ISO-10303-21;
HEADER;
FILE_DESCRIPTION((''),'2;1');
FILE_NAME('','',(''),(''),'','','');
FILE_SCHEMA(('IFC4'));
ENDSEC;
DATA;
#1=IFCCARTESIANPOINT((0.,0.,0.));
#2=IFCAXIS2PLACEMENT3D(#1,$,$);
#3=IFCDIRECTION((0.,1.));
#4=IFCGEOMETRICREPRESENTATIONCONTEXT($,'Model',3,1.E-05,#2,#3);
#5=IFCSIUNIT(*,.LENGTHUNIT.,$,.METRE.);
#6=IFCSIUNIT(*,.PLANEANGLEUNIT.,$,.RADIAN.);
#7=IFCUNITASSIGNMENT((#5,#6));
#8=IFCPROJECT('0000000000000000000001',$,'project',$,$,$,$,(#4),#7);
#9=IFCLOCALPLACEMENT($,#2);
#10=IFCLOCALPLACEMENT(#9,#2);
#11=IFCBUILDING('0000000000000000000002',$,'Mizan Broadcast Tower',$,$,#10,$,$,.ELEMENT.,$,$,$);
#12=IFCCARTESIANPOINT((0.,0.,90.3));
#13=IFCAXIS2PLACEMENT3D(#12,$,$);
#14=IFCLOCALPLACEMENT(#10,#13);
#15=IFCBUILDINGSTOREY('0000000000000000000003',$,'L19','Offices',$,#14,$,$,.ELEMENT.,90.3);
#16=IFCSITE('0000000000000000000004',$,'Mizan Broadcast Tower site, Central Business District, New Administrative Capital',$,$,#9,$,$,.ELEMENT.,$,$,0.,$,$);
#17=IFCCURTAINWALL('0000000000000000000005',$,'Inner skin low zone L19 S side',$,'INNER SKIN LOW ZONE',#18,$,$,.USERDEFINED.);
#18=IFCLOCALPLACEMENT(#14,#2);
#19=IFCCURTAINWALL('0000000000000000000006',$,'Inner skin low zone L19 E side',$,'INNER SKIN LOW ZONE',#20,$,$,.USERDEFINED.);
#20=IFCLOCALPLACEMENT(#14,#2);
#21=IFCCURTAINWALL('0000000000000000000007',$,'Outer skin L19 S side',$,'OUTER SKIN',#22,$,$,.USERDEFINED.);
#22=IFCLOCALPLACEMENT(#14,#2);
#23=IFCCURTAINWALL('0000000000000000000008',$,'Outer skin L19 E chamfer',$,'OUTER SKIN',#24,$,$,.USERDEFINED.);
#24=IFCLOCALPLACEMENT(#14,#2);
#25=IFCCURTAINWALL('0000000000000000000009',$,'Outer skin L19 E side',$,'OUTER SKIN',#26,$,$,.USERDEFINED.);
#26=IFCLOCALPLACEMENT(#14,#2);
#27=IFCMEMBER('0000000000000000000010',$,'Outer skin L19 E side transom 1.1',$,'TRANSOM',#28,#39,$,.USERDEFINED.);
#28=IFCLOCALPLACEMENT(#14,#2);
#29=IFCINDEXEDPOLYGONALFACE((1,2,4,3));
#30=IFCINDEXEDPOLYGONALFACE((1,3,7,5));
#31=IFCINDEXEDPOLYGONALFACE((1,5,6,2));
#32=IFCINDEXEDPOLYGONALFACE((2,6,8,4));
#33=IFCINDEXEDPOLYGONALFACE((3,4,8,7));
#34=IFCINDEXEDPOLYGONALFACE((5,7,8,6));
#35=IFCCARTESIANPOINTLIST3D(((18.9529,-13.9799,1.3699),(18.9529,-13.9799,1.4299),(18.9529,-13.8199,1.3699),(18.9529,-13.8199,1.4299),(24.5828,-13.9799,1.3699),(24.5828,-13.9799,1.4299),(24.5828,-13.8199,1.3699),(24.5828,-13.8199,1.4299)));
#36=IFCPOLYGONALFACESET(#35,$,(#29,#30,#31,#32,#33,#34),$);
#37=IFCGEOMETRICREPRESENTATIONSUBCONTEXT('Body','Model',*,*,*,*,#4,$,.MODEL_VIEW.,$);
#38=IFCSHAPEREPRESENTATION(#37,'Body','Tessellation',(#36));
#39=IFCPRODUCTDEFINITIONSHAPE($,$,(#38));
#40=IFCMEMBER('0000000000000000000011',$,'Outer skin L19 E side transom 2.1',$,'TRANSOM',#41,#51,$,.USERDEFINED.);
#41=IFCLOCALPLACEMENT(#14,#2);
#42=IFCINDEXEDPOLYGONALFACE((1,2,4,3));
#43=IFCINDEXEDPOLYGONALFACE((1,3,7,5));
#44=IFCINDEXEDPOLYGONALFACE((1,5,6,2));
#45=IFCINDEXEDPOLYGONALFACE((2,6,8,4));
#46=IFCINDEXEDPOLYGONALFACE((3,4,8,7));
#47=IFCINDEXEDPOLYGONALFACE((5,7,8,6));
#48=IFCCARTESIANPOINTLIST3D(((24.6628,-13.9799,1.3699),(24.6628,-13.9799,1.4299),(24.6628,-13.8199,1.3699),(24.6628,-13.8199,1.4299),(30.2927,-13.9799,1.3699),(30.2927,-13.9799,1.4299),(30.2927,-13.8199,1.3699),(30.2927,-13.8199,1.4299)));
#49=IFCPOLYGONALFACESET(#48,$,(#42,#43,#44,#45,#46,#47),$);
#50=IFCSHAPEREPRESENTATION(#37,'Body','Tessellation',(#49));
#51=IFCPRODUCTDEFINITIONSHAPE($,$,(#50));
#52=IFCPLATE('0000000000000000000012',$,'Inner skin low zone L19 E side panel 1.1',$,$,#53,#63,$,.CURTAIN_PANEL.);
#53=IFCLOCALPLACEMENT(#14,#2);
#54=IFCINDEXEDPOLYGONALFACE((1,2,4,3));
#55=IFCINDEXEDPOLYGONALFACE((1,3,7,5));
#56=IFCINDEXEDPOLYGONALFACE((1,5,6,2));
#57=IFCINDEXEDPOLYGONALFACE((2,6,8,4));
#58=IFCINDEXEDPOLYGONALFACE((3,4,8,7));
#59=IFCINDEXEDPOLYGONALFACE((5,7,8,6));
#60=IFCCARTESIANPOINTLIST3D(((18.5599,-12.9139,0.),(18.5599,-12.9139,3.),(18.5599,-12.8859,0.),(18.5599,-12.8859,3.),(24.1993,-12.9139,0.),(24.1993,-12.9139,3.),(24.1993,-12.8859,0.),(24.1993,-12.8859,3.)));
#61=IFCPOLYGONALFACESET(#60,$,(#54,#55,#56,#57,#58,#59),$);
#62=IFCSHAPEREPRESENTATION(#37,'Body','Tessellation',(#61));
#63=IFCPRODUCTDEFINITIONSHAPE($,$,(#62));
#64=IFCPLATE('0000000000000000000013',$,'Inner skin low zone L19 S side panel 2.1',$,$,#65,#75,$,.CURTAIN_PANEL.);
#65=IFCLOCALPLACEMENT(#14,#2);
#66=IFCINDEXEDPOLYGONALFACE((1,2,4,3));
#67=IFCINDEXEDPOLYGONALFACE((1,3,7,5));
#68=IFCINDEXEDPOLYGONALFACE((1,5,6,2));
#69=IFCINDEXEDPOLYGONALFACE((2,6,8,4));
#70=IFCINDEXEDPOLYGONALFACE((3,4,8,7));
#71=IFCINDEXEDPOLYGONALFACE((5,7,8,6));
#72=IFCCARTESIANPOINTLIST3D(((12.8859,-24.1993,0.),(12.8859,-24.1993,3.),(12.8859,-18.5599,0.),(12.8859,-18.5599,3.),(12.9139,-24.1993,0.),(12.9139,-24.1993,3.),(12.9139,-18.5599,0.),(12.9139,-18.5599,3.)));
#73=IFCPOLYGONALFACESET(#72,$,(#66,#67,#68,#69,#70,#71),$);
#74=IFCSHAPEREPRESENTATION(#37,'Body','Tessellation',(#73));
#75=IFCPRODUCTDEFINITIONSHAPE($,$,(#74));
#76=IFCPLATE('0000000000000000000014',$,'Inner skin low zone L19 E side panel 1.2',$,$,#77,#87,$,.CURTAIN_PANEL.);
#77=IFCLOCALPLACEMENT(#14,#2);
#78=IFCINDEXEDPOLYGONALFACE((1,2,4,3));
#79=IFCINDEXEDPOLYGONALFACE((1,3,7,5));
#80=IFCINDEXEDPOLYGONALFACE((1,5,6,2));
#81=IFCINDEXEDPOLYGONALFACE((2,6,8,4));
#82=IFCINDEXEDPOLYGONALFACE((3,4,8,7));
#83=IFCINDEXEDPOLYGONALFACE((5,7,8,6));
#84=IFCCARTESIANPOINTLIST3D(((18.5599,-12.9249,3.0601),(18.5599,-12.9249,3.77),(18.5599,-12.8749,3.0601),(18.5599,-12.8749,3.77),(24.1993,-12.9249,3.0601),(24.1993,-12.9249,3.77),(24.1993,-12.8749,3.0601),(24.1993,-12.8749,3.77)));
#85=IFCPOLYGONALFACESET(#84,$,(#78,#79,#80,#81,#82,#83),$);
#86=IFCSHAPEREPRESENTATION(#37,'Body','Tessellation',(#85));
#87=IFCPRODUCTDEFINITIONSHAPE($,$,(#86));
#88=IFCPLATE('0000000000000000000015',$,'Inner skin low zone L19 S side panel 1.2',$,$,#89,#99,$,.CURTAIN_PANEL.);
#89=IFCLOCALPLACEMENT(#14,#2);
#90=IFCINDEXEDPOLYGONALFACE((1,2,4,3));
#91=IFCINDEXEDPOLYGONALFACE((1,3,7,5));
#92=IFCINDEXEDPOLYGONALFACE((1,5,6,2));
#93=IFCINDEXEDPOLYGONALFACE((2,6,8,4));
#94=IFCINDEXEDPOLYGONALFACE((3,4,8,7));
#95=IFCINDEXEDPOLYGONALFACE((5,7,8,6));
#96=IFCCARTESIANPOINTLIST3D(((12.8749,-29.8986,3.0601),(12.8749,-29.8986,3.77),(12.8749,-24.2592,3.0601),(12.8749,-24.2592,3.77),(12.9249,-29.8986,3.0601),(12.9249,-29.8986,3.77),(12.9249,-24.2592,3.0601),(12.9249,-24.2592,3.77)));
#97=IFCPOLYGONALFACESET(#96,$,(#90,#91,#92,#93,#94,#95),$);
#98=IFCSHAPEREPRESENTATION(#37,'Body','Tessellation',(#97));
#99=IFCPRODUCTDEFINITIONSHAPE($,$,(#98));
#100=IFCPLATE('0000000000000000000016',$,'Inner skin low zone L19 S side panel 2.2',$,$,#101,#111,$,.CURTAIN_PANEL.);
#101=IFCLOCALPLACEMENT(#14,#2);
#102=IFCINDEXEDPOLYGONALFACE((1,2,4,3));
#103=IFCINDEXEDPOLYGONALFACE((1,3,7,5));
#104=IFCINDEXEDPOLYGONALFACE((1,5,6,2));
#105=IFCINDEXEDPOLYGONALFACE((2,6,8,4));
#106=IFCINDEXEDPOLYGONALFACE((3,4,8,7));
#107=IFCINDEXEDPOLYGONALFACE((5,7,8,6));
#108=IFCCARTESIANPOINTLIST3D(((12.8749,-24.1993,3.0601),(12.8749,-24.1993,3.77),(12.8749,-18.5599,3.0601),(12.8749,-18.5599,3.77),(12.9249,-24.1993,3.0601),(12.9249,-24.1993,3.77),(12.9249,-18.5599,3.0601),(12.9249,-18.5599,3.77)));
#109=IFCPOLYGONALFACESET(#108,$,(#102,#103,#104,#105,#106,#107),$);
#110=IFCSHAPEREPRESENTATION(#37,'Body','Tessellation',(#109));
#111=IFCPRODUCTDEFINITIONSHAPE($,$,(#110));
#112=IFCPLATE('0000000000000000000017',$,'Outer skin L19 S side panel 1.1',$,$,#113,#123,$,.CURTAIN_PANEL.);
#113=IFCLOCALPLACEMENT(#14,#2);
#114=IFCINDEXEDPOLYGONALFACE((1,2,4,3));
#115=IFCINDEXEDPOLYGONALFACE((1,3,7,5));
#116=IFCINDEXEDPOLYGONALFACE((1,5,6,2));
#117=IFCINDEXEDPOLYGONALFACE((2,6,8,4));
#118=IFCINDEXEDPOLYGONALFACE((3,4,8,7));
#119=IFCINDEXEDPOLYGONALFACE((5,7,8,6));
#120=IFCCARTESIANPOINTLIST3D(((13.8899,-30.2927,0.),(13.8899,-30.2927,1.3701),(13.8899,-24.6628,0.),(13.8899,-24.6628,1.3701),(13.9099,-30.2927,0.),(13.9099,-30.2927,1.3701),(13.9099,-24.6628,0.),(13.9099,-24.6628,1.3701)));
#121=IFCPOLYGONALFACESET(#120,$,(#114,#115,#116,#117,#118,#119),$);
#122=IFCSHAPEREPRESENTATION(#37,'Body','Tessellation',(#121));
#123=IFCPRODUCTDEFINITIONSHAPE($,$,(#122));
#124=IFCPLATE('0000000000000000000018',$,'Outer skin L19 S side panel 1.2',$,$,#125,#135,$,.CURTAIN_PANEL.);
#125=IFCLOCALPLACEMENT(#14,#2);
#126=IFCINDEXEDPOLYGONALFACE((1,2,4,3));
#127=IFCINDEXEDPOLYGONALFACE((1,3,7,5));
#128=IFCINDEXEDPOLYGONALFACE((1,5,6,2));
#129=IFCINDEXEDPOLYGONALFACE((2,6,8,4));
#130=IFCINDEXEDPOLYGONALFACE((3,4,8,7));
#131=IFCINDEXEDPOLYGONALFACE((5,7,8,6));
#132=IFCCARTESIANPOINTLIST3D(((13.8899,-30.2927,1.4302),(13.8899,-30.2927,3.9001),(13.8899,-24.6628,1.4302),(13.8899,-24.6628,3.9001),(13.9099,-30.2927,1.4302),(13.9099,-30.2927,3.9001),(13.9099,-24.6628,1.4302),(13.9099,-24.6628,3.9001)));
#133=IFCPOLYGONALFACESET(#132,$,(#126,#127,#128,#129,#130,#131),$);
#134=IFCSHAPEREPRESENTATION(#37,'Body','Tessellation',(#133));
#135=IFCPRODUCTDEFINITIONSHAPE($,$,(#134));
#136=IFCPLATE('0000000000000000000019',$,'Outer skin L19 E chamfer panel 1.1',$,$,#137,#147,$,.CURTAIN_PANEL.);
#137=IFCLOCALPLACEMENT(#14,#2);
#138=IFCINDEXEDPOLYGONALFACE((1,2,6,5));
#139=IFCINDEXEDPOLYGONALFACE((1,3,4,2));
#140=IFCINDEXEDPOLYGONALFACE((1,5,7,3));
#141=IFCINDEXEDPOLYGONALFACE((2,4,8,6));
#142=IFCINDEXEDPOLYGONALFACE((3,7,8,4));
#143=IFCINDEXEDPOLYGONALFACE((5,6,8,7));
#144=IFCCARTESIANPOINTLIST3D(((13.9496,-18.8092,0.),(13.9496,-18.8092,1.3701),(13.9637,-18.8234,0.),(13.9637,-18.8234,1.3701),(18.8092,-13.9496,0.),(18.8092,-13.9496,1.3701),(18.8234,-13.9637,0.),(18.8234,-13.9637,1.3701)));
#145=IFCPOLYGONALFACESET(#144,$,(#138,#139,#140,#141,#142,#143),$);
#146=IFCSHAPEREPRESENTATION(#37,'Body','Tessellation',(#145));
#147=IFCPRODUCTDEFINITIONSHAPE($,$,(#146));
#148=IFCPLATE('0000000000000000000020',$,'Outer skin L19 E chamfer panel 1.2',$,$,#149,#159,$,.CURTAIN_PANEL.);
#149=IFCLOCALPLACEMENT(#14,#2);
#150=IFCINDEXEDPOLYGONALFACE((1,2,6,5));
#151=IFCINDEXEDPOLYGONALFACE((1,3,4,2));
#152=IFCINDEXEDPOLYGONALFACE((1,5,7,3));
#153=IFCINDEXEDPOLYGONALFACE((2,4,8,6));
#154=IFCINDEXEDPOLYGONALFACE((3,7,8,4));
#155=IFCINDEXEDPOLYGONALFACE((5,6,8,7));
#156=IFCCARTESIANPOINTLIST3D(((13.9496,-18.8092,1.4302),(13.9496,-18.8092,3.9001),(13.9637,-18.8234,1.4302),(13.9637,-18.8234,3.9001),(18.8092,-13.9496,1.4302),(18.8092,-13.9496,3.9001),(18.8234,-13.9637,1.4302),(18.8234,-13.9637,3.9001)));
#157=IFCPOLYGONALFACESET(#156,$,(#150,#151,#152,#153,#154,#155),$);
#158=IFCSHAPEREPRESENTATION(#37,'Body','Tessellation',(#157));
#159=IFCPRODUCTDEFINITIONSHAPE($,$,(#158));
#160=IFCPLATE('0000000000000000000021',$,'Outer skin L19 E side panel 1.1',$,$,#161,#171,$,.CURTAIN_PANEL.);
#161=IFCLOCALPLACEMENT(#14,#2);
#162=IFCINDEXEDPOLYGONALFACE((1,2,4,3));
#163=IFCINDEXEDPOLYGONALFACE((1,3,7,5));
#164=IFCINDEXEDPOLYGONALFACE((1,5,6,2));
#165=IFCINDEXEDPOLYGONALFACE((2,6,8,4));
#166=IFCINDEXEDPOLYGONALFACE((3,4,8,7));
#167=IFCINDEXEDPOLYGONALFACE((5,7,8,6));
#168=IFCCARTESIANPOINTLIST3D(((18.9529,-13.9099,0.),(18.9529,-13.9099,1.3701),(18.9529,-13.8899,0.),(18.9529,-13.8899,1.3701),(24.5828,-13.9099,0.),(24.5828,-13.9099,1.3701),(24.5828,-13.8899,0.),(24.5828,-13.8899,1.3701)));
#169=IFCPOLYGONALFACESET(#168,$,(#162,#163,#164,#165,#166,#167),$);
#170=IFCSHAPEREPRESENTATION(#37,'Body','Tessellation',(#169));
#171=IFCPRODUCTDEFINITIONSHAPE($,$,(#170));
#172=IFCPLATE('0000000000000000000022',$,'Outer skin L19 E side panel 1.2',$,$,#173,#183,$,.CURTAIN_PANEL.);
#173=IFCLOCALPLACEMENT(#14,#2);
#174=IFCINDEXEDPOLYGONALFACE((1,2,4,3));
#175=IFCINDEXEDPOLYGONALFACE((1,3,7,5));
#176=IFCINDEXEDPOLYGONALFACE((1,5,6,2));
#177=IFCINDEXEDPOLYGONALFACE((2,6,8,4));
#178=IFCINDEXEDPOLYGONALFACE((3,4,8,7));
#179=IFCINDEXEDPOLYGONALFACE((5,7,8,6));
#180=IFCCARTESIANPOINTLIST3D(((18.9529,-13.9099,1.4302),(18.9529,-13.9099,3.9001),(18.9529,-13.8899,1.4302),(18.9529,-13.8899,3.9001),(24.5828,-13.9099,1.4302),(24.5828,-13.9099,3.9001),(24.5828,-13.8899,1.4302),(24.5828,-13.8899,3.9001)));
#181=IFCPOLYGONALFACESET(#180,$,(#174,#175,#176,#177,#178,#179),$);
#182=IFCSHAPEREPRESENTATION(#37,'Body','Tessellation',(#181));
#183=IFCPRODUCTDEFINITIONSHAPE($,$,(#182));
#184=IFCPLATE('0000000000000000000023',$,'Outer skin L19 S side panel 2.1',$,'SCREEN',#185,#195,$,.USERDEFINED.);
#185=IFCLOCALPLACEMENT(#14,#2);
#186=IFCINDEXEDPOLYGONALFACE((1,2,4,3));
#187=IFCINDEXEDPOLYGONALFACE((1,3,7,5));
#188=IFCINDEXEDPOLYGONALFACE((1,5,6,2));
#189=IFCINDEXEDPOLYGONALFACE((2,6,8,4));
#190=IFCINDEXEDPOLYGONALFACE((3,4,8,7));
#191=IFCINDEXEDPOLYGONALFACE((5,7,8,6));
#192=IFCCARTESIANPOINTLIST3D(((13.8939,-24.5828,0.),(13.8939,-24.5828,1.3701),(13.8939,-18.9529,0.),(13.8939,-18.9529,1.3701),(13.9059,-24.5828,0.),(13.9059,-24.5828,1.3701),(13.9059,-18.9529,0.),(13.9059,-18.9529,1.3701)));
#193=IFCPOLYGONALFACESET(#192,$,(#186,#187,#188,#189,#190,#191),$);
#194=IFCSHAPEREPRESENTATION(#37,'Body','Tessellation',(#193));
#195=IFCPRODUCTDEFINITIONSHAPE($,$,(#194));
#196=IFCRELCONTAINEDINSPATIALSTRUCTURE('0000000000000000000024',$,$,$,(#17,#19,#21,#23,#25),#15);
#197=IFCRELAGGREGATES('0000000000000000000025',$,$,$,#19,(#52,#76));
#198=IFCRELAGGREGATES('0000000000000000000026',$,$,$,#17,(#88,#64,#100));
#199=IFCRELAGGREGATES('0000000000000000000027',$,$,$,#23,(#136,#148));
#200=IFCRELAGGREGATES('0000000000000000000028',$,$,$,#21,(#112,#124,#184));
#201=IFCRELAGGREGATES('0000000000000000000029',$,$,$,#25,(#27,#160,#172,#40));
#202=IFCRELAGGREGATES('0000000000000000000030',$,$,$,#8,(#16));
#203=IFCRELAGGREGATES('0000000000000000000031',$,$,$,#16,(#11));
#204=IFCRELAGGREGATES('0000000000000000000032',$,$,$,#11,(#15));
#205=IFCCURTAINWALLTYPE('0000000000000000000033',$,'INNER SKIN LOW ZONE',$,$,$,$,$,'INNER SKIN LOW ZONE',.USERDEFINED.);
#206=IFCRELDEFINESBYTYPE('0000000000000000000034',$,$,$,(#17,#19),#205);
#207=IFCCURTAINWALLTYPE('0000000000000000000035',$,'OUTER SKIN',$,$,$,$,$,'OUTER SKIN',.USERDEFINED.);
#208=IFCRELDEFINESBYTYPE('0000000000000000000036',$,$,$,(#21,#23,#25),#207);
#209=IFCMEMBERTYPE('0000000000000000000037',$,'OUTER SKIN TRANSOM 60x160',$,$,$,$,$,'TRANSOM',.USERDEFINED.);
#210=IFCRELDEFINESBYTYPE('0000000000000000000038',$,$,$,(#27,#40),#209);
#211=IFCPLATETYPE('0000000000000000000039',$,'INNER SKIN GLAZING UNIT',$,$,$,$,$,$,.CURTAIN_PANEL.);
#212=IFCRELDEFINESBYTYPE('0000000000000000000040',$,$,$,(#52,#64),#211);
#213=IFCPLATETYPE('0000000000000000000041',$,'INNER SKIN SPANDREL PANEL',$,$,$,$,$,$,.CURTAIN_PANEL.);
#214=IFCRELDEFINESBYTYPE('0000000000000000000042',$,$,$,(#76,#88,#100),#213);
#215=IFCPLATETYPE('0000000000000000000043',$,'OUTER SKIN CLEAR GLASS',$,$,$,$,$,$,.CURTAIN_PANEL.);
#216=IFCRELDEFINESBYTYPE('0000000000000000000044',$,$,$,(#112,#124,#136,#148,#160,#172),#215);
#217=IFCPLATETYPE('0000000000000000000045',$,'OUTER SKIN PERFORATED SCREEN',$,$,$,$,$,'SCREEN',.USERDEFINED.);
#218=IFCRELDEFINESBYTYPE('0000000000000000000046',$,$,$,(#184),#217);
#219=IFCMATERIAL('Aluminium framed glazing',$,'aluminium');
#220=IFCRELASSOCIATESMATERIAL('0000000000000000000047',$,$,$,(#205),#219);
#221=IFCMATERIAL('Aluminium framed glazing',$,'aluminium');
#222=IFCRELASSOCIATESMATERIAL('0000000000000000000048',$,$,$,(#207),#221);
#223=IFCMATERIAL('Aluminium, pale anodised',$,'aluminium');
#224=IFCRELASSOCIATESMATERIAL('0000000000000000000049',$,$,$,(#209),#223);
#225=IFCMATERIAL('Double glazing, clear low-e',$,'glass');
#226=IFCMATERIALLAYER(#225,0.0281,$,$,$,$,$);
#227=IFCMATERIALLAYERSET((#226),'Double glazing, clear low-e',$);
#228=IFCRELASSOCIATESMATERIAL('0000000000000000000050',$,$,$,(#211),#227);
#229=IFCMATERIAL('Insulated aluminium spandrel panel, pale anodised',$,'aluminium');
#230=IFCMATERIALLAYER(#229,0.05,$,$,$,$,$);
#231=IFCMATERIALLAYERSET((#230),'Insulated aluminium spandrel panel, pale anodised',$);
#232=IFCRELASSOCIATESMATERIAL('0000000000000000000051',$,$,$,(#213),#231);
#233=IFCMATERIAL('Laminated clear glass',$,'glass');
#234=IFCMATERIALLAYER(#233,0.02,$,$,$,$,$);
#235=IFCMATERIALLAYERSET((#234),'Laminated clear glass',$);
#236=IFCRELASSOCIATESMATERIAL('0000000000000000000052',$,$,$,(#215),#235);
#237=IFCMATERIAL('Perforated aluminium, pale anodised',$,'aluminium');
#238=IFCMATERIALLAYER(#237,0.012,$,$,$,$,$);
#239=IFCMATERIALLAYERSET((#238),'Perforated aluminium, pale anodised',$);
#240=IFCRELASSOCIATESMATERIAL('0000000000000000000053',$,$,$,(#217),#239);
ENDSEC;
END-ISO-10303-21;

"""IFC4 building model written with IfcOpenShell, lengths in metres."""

from ifc_helpers import new_model, si_unit, direction, frame, origin, origin_2d, place, context, subcontext, project, spatial, rectangle, extrude, material, layer, layer_set, material_profile, profile_set, type_object, element, aggregate, save


model = new_model("IFC4")

# Units and contexts
model_context = context("Model", 3, precision=1e-05, world=origin(), true_north=direction((0.0, 1.0)))
body_context = subcontext(model_context, "Body", "Model", "MODEL_VIEW")
ifc_project = project(units=[si_unit("LENGTHUNIT", "METRE"), si_unit("PLANEANGLEUNIT", "RADIAN")], contexts=[model_context])

# Site, building, storey
site_placement = place(None, origin())
site = spatial("IfcSite", under=ifc_project, at=site_placement, Name="Mizan Broadcast Tower site, Central Business District, New Administrative Capital", CompositionType="ELEMENT", RefElevation=0.0)
building_placement = place(site_placement, origin())
building = spatial("IfcBuilding", under=site, at=building_placement, Name="Mizan Broadcast Tower", CompositionType="ELEMENT")
storey_placement = place(building_placement, frame((0.0, 0.0, 90.3)))
storey = spatial("IfcBuildingStorey", under=building, at=storey_placement, Name="L19", Description="Offices", CompositionType="ELEMENT", Elevation=90.3)

# Curtain wall
ifc_material_1 = material(Name="Aluminium framed glazing", Category="aluminium")
curtain_wall_type_1 = type_object("IfcCurtainWallType", Name="INNER SKIN LOW ZONE", ElementType="INNER SKIN LOW ZONE", PredefinedType="USERDEFINED", material=ifc_material_1)
curtain_wall_1_placement = place(storey_placement, origin())
curtain_wall_1 = element("IfcCurtainWall", 1, at=curtain_wall_1_placement, inside=storey, type_object=curtain_wall_type_1, Name="Inner skin low zone L19 S side", ObjectType="INNER SKIN LOW ZONE", PredefinedType="USERDEFINED")

# Curtain wall
curtain_wall_2_placement = place(storey_placement, origin())
curtain_wall_2 = element("IfcCurtainWall", 2, at=curtain_wall_2_placement, inside=storey, type_object=curtain_wall_type_1, Name="Inner skin low zone L19 E side", ObjectType="INNER SKIN LOW ZONE", PredefinedType="USERDEFINED")

# Shared definitions
ifc_material_2 = material(Name="Aluminium framed glazing", Category="aluminium")
curtain_wall_type_2 = type_object("IfcCurtainWallType", Name="OUTER SKIN", ElementType="OUTER SKIN", PredefinedType="USERDEFINED", material=ifc_material_2)

# Curtain wall
curtain_wall_3_placement = place(storey_placement, origin())
curtain_wall_3 = element("IfcCurtainWall", 3, at=curtain_wall_3_placement, inside=storey, type_object=curtain_wall_type_2, Name="Outer skin L19 S side", ObjectType="OUTER SKIN", PredefinedType="USERDEFINED")

# Curtain wall
curtain_wall_4_placement = place(storey_placement, origin())
curtain_wall_4 = element("IfcCurtainWall", 4, at=curtain_wall_4_placement, inside=storey, type_object=curtain_wall_type_2, Name="Outer skin L19 E chamfer", ObjectType="OUTER SKIN", PredefinedType="USERDEFINED")

# Curtain wall
curtain_wall_5_placement = place(storey_placement, origin())
curtain_wall_5 = element("IfcCurtainWall", 5, at=curtain_wall_5_placement, inside=storey, type_object=curtain_wall_type_2, Name="Outer skin L19 E side", ObjectType="OUTER SKIN", PredefinedType="USERDEFINED")

# Shared definitions
ifc_material_3 = material(Name="Aluminium, pale anodised", Category="aluminium")
ifc_material_profile_1 = material_profile(ifc_material_3, rectangle(XDim=0.1599, YDim=0.0601, at=origin_2d()), Name="TRANSOM 160x60")
ifc_profile_set_1 = profile_set([ifc_material_profile_1], Name="Aluminium, pale anodised")
member_type_1 = type_object("IfcMemberType", Name="OUTER SKIN TRANSOM 60x160", ElementType="TRANSOM", PredefinedType="USERDEFINED", material=ifc_profile_set_1)

# Members
member_1_placement = place(storey_placement, frame((18.9529, -13.8999, 1.3999), z_axis=(1.0, 0.0, 0.0), x_axis=(0.0, 1.0, 0.0)))
member_1 = element("IfcMember", 6, at=member_1_placement, type_object=member_type_1, Name="Outer skin L19 E side transom 1.1", ObjectType="TRANSOM", PredefinedType="USERDEFINED", context=body_context, shape_type="SweptSolid", body=[
    extrude(rectangle(XDim=0.1599, YDim=0.0601, at=origin_2d()), origin(), (0.0, 0.0, 1.0), 5.6299),
])
member_2_placement = place(storey_placement, frame((24.6628, -13.8999, 1.3999), z_axis=(1.0, 0.0, 0.0), x_axis=(0.0, 1.0, 0.0)))
member_2 = element("IfcMember", 7, at=member_2_placement, type_object=member_type_1, Name="Outer skin L19 E side transom 2.1", ObjectType="TRANSOM", PredefinedType="USERDEFINED", context=body_context, shape_type="SweptSolid", body=[
    extrude(rectangle(XDim=0.1599, YDim=0.0601, at=origin_2d()), origin(), (0.0, 0.0, 1.0), 5.6299),
])

# Plates
ifc_material_4 = material(Name="Double glazing, clear low-e", Category="glass")
ifc_layer_1 = layer(ifc_material_4, 0.0281)
ifc_layer_set_1 = layer_set([ifc_layer_1], Name="Double glazing, clear low-e")
plate_type_1 = type_object("IfcPlateType", Name="INNER SKIN GLAZING UNIT", PredefinedType="CURTAIN_PANEL", material=ifc_layer_set_1)
plate_1_placement = place(storey_placement, frame((21.3796, -12.8999, 0.0), z_axis=(0.0, 0.0, 1.0), x_axis=(1.0, 0.0, 0.0)))
plate_1 = element("IfcPlate", 8, at=plate_1_placement, type_object=plate_type_1, Name="Inner skin low zone L19 E side panel 1.1", PredefinedType="CURTAIN_PANEL", context=body_context, shape_type="SweptSolid", body=[
    extrude(rectangle(XDim=5.6394, YDim=0.0281, at=origin_2d()), origin(), (0.0, 0.0, 1.0), 3.0),
])
plate_2_placement = place(storey_placement, frame((12.8999, -21.3796, 0.0), z_axis=(0.0, 0.0, 1.0), x_axis=(0.0, 1.0, 0.0)))
plate_2 = element("IfcPlate", 9, at=plate_2_placement, type_object=plate_type_1, Name="Inner skin low zone L19 S side panel 2.1", PredefinedType="CURTAIN_PANEL", context=body_context, shape_type="SweptSolid", body=[
    extrude(rectangle(XDim=5.6394, YDim=0.0281, at=origin_2d()), origin(), (0.0, 0.0, 1.0), 3.0),
])
ifc_material_5 = material(Name="Insulated aluminium spandrel panel, pale anodised", Category="aluminium")
ifc_layer_2 = layer(ifc_material_5, 0.05)
ifc_layer_set_2 = layer_set([ifc_layer_2], Name="Insulated aluminium spandrel panel, pale anodised")
plate_type_2 = type_object("IfcPlateType", Name="INNER SKIN SPANDREL PANEL", PredefinedType="CURTAIN_PANEL", material=ifc_layer_set_2)
plate_3_placement = place(storey_placement, frame((21.3796, -12.8999, 3.0601), z_axis=(0.0, 0.0, 1.0), x_axis=(1.0, 0.0, 0.0)))
plate_3 = element("IfcPlate", 10, at=plate_3_placement, type_object=plate_type_2, Name="Inner skin low zone L19 E side panel 1.2", PredefinedType="CURTAIN_PANEL", context=body_context, shape_type="SweptSolid", body=[
    extrude(rectangle(XDim=5.6394, YDim=0.05, at=origin_2d()), origin(), (0.0, 0.0, 1.0), 0.71),
])
aggregate(curtain_wall_2, [plate_1, plate_3])
plate_4_placement = place(storey_placement, frame((12.8999, -27.0789, 3.0601), z_axis=(0.0, 0.0, 1.0), x_axis=(0.0, 1.0, 0.0)))
plate_4 = element("IfcPlate", 11, at=plate_4_placement, type_object=plate_type_2, Name="Inner skin low zone L19 S side panel 1.2", PredefinedType="CURTAIN_PANEL", context=body_context, shape_type="SweptSolid", body=[
    extrude(rectangle(XDim=5.6394, YDim=0.05, at=origin_2d()), origin(), (0.0, 0.0, 1.0), 0.71),
])
plate_5_placement = place(storey_placement, frame((12.8999, -21.3796, 3.0601), z_axis=(0.0, 0.0, 1.0), x_axis=(0.0, 1.0, 0.0)))
plate_5 = element("IfcPlate", 12, at=plate_5_placement, type_object=plate_type_2, Name="Inner skin low zone L19 S side panel 2.2", PredefinedType="CURTAIN_PANEL", context=body_context, shape_type="SweptSolid", body=[
    extrude(rectangle(XDim=5.6394, YDim=0.05, at=origin_2d()), origin(), (0.0, 0.0, 1.0), 0.71),
])
aggregate(curtain_wall_1, [plate_4, plate_2, plate_5])
ifc_material_6 = material(Name="Laminated clear glass", Category="glass")
ifc_layer_3 = layer(ifc_material_6, 0.02)
ifc_layer_set_3 = layer_set([ifc_layer_3], Name="Laminated clear glass")
plate_type_3 = type_object("IfcPlateType", Name="OUTER SKIN CLEAR GLASS", PredefinedType="CURTAIN_PANEL", material=ifc_layer_set_3)
plate_6_placement = place(storey_placement, frame((13.8999, -27.4778, 0.0), z_axis=(0.0, 0.0, 1.0), x_axis=(0.0, 1.0, 0.0)))
plate_6 = element("IfcPlate", 13, at=plate_6_placement, type_object=plate_type_3, Name="Outer skin L19 S side panel 1.1", PredefinedType="CURTAIN_PANEL", context=body_context, shape_type="SweptSolid", body=[
    extrude(rectangle(XDim=5.6299, YDim=0.02, at=origin_2d()), origin(), (0.0, 0.0, 1.0), 1.3701),
])
plate_7_placement = place(storey_placement, frame((13.8999, -27.4778, 1.4302), z_axis=(0.0, 0.0, 1.0), x_axis=(0.0, 1.0, 0.0)))
plate_7 = element("IfcPlate", 14, at=plate_7_placement, type_object=plate_type_3, Name="Outer skin L19 S side panel 1.2", PredefinedType="CURTAIN_PANEL", context=body_context, shape_type="SweptSolid", body=[
    extrude(rectangle(XDim=5.6299, YDim=0.02, at=origin_2d()), origin(), (0.0, 0.0, 1.0), 2.47),
])
plate_8_placement = place(storey_placement, frame((16.3865, -16.3865, 0.0), z_axis=(0.0, 0.0, 1.0), x_axis=(0.707107, 0.707107, 0.0)))
plate_8 = element("IfcPlate", 15, at=plate_8_placement, type_object=plate_type_3, Name="Outer skin L19 E chamfer panel 1.1", PredefinedType="CURTAIN_PANEL", context=body_context, shape_type="SweptSolid", body=[
    extrude(rectangle(XDim=6.8726, YDim=0.02, at=origin_2d()), origin(), (0.0, 0.0, 1.0), 1.3701),
])
plate_9_placement = place(storey_placement, frame((16.3865, -16.3865, 1.4302), z_axis=(0.0, 0.0, 1.0), x_axis=(0.707107, 0.707107, 0.0)))
plate_9 = element("IfcPlate", 16, at=plate_9_placement, type_object=plate_type_3, Name="Outer skin L19 E chamfer panel 1.2", PredefinedType="CURTAIN_PANEL", context=body_context, shape_type="SweptSolid", body=[
    extrude(rectangle(XDim=6.8726, YDim=0.02, at=origin_2d()), origin(), (0.0, 0.0, 1.0), 2.47),
])
aggregate(curtain_wall_4, [plate_8, plate_9])
plate_10_placement = place(storey_placement, frame((21.7678, -13.8999, 0.0), z_axis=(0.0, 0.0, 1.0), x_axis=(1.0, 0.0, 0.0)))
plate_10 = element("IfcPlate", 17, at=plate_10_placement, type_object=plate_type_3, Name="Outer skin L19 E side panel 1.1", PredefinedType="CURTAIN_PANEL", context=body_context, shape_type="SweptSolid", body=[
    extrude(rectangle(XDim=5.6299, YDim=0.02, at=origin_2d()), origin(), (0.0, 0.0, 1.0), 1.3701),
])
plate_11_placement = place(storey_placement, frame((21.7678, -13.8999, 1.4302), z_axis=(0.0, 0.0, 1.0), x_axis=(1.0, 0.0, 0.0)))
plate_11 = element("IfcPlate", 18, at=plate_11_placement, type_object=plate_type_3, Name="Outer skin L19 E side panel 1.2", PredefinedType="CURTAIN_PANEL", context=body_context, shape_type="SweptSolid", body=[
    extrude(rectangle(XDim=5.6299, YDim=0.02, at=origin_2d()), origin(), (0.0, 0.0, 1.0), 2.47),
])
ifc_material_7 = material(Name="Perforated aluminium, pale anodised", Category="aluminium")
ifc_layer_4 = layer(ifc_material_7, 0.012)
ifc_layer_set_4 = layer_set([ifc_layer_4], Name="Perforated aluminium, pale anodised")
plate_type_4 = type_object("IfcPlateType", Name="OUTER SKIN PERFORATED SCREEN", ElementType="SCREEN", PredefinedType="USERDEFINED", material=ifc_layer_set_4)
plate_12_placement = place(storey_placement, frame((13.8999, -21.7678, 0.0), z_axis=(0.0, 0.0, 1.0), x_axis=(0.0, 1.0, 0.0)))
plate_12 = element("IfcPlate", 19, at=plate_12_placement, type_object=plate_type_4, Name="Outer skin L19 S side panel 2.1", ObjectType="SCREEN", PredefinedType="USERDEFINED", context=body_context, shape_type="SweptSolid", body=[
    extrude(rectangle(XDim=5.6299, YDim=0.012, at=origin_2d()), origin(), (0.0, 0.0, 1.0), 1.3701),
])
aggregate(curtain_wall_3, [plate_6, plate_7, plate_12])
aggregate(curtain_wall_5, [member_1, plate_10, plate_11, member_2])

save(model, "model.ifc")
